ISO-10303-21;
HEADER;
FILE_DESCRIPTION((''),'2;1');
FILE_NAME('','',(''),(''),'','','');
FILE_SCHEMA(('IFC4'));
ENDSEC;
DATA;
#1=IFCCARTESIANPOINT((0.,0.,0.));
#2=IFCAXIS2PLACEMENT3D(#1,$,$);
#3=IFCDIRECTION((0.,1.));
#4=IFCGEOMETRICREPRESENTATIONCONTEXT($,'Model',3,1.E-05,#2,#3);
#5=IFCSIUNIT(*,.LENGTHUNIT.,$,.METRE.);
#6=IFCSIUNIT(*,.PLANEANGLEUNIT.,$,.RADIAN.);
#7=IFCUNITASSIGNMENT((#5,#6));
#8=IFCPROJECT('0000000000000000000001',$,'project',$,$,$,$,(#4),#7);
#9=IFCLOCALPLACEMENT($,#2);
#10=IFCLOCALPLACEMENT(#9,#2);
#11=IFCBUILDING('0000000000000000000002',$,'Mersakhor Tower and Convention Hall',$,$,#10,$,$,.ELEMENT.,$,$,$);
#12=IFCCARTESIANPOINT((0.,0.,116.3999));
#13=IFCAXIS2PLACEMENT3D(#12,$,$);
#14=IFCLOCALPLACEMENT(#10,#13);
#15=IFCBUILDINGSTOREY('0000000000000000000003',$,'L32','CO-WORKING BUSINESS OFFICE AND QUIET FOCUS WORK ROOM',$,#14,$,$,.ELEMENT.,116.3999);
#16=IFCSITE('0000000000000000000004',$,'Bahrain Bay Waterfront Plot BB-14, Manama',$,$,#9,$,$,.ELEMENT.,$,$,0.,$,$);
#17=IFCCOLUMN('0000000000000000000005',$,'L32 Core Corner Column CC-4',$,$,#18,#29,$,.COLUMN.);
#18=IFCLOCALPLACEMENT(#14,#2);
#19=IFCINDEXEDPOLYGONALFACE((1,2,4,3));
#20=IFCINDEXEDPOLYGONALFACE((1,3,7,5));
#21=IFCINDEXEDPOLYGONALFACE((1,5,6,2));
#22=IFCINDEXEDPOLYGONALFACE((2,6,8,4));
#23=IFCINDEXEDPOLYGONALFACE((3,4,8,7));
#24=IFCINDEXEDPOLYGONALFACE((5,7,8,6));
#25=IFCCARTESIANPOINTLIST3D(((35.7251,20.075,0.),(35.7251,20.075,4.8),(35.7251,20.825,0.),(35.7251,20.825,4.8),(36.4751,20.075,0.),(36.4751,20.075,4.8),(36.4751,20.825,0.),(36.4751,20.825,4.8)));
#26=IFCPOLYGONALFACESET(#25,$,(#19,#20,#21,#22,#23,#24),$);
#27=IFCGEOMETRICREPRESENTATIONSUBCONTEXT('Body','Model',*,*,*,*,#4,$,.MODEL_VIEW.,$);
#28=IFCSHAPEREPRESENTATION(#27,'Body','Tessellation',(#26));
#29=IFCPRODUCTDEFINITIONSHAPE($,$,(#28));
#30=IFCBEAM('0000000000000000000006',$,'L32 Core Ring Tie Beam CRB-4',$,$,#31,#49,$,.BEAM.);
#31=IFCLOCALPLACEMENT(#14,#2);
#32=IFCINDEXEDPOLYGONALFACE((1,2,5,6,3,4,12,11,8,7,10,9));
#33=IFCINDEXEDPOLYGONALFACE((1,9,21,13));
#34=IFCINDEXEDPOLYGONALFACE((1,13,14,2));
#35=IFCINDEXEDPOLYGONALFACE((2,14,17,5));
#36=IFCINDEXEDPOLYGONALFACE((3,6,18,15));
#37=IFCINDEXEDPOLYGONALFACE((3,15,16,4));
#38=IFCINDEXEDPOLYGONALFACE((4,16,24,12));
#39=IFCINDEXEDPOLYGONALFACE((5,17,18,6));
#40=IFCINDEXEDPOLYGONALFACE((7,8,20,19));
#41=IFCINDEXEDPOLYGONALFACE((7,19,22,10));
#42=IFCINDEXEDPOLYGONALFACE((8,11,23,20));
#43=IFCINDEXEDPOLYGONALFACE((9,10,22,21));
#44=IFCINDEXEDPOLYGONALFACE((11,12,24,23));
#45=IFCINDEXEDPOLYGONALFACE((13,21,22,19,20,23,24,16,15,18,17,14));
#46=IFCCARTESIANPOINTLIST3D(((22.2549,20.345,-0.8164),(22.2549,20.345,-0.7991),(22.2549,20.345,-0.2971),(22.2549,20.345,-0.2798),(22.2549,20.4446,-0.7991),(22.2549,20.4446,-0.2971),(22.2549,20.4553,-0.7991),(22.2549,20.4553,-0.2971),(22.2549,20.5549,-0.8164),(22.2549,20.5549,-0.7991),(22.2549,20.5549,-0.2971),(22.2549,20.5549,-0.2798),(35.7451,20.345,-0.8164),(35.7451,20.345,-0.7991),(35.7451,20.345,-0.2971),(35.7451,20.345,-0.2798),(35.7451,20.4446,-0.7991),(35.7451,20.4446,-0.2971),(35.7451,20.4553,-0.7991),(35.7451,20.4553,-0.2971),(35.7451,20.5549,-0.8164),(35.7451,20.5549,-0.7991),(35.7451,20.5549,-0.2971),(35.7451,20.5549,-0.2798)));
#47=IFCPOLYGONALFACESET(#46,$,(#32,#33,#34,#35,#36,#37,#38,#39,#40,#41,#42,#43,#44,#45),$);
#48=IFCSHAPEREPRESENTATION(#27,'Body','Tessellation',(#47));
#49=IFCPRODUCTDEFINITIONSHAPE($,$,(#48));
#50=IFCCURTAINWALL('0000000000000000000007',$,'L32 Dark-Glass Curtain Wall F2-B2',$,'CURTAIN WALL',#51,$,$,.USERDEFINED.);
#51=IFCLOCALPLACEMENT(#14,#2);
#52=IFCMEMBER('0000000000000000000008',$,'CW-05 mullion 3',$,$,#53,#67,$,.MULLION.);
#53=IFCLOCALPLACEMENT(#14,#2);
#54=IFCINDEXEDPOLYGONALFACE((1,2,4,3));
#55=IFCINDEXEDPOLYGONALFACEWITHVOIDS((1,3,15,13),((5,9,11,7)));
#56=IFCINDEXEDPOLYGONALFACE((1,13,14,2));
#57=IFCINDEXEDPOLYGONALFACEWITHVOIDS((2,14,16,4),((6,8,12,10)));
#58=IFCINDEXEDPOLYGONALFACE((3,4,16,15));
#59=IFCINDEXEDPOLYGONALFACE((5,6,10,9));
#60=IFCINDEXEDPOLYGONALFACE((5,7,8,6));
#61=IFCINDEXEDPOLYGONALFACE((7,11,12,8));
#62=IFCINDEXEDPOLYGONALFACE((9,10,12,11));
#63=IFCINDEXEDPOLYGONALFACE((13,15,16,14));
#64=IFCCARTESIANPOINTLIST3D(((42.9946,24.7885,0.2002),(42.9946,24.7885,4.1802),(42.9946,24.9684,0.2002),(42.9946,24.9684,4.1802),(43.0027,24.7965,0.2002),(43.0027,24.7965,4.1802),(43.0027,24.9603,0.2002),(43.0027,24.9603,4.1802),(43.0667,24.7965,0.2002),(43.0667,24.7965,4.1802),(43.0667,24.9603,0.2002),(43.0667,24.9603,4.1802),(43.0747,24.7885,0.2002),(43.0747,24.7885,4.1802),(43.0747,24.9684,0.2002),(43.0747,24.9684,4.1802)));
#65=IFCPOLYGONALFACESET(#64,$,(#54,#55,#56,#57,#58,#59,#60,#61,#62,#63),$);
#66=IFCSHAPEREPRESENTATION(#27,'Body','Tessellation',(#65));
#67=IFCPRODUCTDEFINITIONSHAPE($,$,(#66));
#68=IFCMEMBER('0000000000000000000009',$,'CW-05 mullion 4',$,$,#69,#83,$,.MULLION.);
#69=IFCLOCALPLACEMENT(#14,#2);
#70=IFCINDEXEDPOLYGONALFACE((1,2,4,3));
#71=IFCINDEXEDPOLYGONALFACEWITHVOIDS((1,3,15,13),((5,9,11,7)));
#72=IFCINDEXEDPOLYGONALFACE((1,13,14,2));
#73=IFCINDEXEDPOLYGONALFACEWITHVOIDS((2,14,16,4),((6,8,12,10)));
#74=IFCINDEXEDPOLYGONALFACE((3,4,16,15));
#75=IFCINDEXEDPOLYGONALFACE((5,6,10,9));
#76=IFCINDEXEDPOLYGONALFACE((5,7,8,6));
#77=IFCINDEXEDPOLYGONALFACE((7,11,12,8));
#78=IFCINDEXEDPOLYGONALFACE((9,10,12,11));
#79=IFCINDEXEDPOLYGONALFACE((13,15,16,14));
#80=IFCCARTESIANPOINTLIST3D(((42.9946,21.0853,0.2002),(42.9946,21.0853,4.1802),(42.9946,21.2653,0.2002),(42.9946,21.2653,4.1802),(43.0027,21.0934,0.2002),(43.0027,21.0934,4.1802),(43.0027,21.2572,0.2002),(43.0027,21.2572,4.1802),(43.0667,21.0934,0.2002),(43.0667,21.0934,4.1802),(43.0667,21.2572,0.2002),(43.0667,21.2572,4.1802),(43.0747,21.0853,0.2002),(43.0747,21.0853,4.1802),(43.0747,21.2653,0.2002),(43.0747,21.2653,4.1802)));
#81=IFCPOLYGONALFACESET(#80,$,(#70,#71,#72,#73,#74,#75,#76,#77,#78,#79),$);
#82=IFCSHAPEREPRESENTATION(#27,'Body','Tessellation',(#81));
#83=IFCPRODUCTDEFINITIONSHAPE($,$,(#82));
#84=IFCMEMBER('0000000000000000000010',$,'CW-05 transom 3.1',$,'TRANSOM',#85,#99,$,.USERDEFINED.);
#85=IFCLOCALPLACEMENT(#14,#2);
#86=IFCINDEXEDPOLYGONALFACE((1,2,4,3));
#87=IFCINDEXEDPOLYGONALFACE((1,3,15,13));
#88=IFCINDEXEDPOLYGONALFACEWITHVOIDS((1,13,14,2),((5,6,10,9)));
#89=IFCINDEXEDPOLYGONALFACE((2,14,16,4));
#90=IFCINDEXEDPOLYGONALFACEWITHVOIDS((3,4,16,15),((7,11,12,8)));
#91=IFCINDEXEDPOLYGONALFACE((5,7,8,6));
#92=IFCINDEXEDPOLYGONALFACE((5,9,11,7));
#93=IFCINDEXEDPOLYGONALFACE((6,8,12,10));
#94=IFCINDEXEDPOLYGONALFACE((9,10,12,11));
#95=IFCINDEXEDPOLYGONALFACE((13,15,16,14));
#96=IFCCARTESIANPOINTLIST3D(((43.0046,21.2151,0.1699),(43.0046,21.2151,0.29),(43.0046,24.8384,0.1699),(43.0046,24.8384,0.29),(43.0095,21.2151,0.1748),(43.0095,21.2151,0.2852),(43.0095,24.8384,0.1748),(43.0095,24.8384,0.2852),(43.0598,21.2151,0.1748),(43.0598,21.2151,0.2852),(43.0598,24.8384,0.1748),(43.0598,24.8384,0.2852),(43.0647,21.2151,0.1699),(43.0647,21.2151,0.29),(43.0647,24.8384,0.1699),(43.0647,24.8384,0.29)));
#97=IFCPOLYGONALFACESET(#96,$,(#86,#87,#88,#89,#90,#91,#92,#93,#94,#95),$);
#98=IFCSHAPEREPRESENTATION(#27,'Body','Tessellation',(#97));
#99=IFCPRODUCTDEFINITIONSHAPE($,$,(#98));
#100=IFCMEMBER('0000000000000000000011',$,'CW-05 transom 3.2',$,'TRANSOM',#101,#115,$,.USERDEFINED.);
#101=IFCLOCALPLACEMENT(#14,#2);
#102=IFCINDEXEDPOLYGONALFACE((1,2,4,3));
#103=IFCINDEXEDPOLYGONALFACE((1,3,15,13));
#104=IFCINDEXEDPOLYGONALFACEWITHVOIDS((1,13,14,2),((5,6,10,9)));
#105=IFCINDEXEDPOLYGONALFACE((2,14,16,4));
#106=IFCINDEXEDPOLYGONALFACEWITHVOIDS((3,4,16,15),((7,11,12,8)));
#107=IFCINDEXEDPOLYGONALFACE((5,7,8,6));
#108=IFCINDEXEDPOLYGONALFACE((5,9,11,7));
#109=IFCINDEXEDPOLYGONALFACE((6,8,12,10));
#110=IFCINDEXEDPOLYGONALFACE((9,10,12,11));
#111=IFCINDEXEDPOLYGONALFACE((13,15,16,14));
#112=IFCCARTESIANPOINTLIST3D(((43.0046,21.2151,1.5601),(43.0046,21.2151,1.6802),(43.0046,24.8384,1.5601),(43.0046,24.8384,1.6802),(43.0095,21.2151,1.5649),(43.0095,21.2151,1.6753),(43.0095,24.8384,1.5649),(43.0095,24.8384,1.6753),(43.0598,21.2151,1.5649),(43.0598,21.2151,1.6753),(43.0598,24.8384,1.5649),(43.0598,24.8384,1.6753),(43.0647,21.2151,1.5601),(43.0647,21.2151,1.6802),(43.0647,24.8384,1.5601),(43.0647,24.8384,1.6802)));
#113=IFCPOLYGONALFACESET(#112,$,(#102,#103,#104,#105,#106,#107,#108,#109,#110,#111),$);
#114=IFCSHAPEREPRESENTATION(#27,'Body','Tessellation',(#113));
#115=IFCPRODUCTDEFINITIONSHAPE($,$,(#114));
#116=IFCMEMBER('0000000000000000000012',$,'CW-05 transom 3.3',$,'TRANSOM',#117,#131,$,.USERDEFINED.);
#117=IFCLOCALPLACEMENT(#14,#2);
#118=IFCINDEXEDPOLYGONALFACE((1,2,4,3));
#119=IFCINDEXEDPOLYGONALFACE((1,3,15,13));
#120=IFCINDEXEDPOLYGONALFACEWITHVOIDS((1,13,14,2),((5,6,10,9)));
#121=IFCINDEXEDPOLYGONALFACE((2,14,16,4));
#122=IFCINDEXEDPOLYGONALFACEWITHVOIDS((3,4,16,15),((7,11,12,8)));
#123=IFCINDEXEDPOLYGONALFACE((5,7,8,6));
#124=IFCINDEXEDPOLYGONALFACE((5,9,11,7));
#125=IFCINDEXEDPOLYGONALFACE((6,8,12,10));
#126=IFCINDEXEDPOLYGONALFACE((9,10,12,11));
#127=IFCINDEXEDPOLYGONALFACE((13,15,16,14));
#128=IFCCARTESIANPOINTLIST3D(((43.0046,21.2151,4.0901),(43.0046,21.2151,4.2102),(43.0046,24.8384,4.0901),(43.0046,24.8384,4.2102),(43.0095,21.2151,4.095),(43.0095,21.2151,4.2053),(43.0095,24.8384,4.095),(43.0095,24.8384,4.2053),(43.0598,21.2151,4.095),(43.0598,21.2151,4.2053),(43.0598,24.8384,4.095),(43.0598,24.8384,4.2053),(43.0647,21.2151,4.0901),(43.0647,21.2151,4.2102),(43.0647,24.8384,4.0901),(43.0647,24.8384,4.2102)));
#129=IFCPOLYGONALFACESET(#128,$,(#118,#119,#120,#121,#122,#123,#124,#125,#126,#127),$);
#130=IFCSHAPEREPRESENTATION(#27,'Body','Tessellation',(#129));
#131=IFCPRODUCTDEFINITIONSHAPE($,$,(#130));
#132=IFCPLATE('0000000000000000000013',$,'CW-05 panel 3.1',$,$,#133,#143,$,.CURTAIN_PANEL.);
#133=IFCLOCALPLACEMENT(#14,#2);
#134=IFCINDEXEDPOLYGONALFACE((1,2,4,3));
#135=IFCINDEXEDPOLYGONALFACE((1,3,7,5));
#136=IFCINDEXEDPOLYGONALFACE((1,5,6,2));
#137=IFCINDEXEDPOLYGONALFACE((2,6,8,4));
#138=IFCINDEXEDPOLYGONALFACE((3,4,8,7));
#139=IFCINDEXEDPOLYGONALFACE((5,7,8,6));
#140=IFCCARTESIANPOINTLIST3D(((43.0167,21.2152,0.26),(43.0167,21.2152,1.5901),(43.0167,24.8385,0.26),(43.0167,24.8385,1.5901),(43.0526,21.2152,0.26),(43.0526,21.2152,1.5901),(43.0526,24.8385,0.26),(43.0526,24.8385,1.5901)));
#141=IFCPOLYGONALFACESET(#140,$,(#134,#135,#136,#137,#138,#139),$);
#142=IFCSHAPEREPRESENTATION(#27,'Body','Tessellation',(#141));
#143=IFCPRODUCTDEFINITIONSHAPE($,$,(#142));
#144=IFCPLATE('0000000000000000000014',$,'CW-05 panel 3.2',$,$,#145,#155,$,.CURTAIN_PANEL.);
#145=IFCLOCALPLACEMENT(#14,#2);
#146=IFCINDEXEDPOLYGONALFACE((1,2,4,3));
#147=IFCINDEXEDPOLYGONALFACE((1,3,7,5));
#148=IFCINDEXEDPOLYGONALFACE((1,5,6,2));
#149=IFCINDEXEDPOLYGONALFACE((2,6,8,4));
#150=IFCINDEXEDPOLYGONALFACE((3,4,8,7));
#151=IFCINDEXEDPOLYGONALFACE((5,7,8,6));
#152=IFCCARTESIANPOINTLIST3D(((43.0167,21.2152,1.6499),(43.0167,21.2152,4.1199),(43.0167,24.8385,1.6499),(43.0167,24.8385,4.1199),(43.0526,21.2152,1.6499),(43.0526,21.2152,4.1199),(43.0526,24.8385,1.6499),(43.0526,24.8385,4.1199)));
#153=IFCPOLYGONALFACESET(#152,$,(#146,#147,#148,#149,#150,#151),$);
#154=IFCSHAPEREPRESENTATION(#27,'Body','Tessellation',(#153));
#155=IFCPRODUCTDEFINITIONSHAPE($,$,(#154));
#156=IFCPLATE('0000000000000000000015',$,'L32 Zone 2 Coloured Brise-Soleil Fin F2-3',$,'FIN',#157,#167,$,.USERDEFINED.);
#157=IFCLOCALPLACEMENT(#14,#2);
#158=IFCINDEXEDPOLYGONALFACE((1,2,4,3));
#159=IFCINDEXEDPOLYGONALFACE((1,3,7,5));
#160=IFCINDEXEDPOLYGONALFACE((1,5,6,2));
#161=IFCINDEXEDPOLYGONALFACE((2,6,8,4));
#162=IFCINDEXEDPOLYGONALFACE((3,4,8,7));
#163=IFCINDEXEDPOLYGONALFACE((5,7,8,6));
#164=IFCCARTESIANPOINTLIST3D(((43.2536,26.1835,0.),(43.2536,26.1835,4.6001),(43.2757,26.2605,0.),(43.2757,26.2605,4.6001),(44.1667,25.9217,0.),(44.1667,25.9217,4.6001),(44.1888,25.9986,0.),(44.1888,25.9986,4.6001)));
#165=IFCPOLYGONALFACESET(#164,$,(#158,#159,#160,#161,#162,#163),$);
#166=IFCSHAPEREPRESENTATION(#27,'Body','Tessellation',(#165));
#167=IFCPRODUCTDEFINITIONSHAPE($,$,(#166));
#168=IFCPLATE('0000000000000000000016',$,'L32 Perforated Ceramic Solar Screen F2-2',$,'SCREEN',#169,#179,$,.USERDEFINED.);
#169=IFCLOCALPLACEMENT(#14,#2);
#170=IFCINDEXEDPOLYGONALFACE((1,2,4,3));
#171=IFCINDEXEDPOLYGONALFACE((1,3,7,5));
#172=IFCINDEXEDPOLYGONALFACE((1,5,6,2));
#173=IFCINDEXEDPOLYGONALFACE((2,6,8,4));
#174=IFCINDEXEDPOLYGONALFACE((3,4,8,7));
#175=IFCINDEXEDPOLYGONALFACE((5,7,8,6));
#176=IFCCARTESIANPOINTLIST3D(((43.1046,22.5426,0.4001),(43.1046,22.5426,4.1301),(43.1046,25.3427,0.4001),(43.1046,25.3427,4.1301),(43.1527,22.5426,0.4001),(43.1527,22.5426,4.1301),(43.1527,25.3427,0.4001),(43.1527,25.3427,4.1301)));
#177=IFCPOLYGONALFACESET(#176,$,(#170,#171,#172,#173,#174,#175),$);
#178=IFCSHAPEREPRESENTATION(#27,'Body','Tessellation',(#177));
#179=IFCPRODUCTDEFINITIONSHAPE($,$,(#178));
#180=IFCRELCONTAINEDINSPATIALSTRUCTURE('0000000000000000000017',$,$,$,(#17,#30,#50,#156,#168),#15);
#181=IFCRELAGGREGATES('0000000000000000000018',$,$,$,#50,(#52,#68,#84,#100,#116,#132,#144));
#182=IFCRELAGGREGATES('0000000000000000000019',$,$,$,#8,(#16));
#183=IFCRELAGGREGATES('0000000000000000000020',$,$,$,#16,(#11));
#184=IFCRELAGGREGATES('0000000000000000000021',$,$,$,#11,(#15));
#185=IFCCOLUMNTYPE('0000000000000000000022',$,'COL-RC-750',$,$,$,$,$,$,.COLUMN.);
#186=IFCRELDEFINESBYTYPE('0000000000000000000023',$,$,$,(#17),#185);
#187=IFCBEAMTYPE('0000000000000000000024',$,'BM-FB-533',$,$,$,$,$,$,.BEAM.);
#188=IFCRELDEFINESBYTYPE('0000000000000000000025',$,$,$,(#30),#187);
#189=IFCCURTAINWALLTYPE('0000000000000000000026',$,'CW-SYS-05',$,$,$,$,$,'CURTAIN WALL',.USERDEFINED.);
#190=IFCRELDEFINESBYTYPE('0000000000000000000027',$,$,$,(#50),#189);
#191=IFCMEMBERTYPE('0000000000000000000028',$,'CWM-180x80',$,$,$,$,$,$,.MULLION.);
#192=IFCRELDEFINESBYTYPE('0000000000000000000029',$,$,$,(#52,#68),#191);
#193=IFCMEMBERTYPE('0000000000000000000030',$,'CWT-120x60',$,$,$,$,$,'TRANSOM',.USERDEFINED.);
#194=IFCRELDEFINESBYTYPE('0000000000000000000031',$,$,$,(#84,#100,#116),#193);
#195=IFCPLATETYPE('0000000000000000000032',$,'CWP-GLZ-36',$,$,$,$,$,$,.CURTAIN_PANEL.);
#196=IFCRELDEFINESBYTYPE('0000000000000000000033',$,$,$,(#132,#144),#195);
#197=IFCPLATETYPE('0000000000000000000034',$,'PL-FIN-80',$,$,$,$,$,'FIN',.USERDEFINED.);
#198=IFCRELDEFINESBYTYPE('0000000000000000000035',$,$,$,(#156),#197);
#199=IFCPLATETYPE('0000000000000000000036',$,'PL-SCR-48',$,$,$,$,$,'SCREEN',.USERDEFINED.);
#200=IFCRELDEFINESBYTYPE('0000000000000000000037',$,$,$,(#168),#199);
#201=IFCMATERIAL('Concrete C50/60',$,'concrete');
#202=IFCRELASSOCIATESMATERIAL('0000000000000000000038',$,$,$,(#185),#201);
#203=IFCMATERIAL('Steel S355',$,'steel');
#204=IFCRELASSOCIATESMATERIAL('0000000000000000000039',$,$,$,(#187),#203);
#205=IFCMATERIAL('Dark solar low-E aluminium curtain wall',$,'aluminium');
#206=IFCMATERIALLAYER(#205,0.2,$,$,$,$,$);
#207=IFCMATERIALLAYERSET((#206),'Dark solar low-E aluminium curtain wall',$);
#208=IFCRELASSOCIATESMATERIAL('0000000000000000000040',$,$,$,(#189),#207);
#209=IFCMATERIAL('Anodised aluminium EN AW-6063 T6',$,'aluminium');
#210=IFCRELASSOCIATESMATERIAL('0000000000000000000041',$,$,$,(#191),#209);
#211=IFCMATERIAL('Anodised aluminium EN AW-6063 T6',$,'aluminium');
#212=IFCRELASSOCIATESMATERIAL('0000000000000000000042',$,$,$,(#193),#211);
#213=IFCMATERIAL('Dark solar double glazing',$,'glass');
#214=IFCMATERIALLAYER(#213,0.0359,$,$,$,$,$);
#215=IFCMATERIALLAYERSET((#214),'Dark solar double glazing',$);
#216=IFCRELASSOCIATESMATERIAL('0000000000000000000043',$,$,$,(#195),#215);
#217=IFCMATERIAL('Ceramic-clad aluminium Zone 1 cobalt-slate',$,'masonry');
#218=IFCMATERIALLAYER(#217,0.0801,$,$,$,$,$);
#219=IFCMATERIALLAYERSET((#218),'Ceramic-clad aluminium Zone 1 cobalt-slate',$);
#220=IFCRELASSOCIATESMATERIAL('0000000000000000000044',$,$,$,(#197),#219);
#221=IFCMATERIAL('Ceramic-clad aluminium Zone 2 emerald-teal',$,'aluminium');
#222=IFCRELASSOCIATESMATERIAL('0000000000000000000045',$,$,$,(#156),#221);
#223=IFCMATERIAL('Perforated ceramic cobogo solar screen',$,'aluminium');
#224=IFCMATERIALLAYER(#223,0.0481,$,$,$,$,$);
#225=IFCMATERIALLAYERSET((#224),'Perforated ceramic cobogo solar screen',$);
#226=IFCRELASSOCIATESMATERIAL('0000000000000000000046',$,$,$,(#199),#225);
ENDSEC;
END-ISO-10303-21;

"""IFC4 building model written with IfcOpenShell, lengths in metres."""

from ifc_helpers import new_model, si_unit, direction, frame, origin, origin_2d, place, context, subcontext, project, spatial, rectangle, hollow_rectangle, i_section, extrude, material, layer, layer_set, material_profile, profile_set, type_object, element, aggregate, save


model = new_model("IFC4")

# Units and contexts
model_context = context("Model", 3, precision=1e-05, world=origin(), true_north=direction((0.0, 1.0)))
body_context = subcontext(model_context, "Body", "Model", "MODEL_VIEW")
ifc_project = project(units=[si_unit("LENGTHUNIT", "METRE"), si_unit("PLANEANGLEUNIT", "RADIAN")], contexts=[model_context])

# Site, building, storey
site_placement = place(None, origin())
site = spatial("IfcSite", under=ifc_project, at=site_placement, Name="Bahrain Bay Waterfront Plot BB-14, Manama", CompositionType="ELEMENT", RefElevation=0.0)
building_placement = place(site_placement, origin())
building = spatial("IfcBuilding", under=site, at=building_placement, Name="Mersakhor Tower and Convention Hall", CompositionType="ELEMENT")
storey_placement = place(building_placement, frame((0.0, 0.0, 116.3999)))
storey = spatial("IfcBuildingStorey", under=building, at=storey_placement, Name="L32", Description="CO-WORKING BUSINESS OFFICE AND QUIET FOCUS WORK ROOM", CompositionType="ELEMENT", Elevation=116.3999)

# Column
ifc_material_1 = material(Name="Concrete C50/60", Category="concrete")
ifc_material_profile_1 = material_profile(ifc_material_1, rectangle(XDim=0.75, YDim=0.75, at=origin_2d()), Name="RC 750x750")
ifc_profile_set_1 = profile_set([ifc_material_profile_1], Name="Concrete C50/60")
column_type = type_object("IfcColumnType", Name="COL-RC-750", PredefinedType="COLUMN", material=ifc_profile_set_1)
column_placement = place(storey_placement, frame((36.1001, 20.45, 0.0), z_axis=(0.0, 0.0, 1.0), x_axis=(1.0, 0.0, 0.0)))
element("IfcColumn", 1, at=column_placement, inside=storey, type_object=column_type, Name="L32 Core Corner Column CC-4", PredefinedType="COLUMN", context=body_context, shape_type="SweptSolid", body=[
    extrude(rectangle(XDim=0.75, YDim=0.75, at=origin_2d()), origin(), (0.0, 0.0, 1.0), 4.8),
])

# Beam
ifc_material_2 = material(Name="Steel S355", Category="steel")
ifc_material_profile_2 = material_profile(ifc_material_2, i_section(OverallWidth=0.21, OverallDepth=0.5366, WebThickness=0.0107, FlangeThickness=0.0173, at=origin_2d()), Name="UB 533x210x101")
ifc_profile_set_2 = profile_set([ifc_material_profile_2], Name="Steel S355")
beam_type = type_object("IfcBeamType", Name="BM-FB-533", PredefinedType="BEAM", material=ifc_profile_set_2)
beam_placement = place(storey_placement, frame((35.7451, 20.45, -0.5481), z_axis=(-1.0, 0.0, 0.0), x_axis=(0.0, -1.0, 0.0)))
element("IfcBeam", 2, at=beam_placement, inside=storey, type_object=beam_type, Name="L32 Core Ring Tie Beam CRB-4", PredefinedType="BEAM", context=body_context, shape_type="SweptSolid", body=[
    extrude(i_section(OverallWidth=0.21, OverallDepth=0.5366, WebThickness=0.0107, FlangeThickness=0.0173, at=origin_2d()), origin(), (0.0, 0.0, 1.0), 13.4902),
])

# Curtain wall, members, plates
ifc_material_3 = material(Name="Dark solar low-E aluminium curtain wall", Category="aluminium")
ifc_layer_1 = layer(ifc_material_3, 0.2)
ifc_layer_set_1 = layer_set([ifc_layer_1], Name="Dark solar low-E aluminium curtain wall")
curtain_wall_type = type_object("IfcCurtainWallType", Name="CW-SYS-05", ElementType="CURTAIN WALL", PredefinedType="USERDEFINED", material=ifc_layer_set_1)
curtain_wall_placement = place(storey_placement, origin())
curtain_wall = element("IfcCurtainWall", 3, at=curtain_wall_placement, inside=storey, type_object=curtain_wall_type, Name="L32 Dark-Glass Curtain Wall F2-B2", ObjectType="CURTAIN WALL", PredefinedType="USERDEFINED")
ifc_material_4 = material(Name="Anodised aluminium EN AW-6063 T6", Category="aluminium")
ifc_material_profile_3 = material_profile(ifc_material_4, hollow_rectangle(XDim=0.0801, YDim=0.1799, WallThickness=0.0081, at=origin_2d()), Name="RHS 180x80x8")
ifc_profile_set_3 = profile_set([ifc_material_profile_3], Name="Anodised aluminium EN AW-6063 T6")
member_type_1 = type_object("IfcMemberType", Name="CWM-180x80", PredefinedType="MULLION", material=ifc_profile_set_3)
member_1_placement = place(storey_placement, frame((43.0347, 24.8784, 0.2002), z_axis=(0.0, 0.0, 1.0), x_axis=(1.0, 0.0, 0.0)))
member_1 = element("IfcMember", 4, at=member_1_placement, type_object=member_type_1, Name="CW-05 mullion 3", PredefinedType="MULLION", context=body_context, shape_type="SweptSolid", body=[
    extrude(hollow_rectangle(XDim=0.0801, YDim=0.1799, WallThickness=0.0081, at=origin_2d()), origin(), (0.0, 0.0, 1.0), 3.98),
])
member_2_placement = place(storey_placement, frame((43.0347, 21.1753, 0.2002), z_axis=(0.0, 0.0, 1.0), x_axis=(1.0, 0.0, 0.0)))
member_2 = element("IfcMember", 5, at=member_2_placement, type_object=member_type_1, Name="CW-05 mullion 4", PredefinedType="MULLION", context=body_context, shape_type="SweptSolid", body=[
    extrude(hollow_rectangle(XDim=0.0801, YDim=0.1799, WallThickness=0.0081, at=origin_2d()), origin(), (0.0, 0.0, 1.0), 3.98),
])
ifc_material_5 = material(Name="Anodised aluminium EN AW-6063 T6", Category="aluminium")
ifc_material_profile_4 = material_profile(ifc_material_5, hollow_rectangle(XDim=0.0601, YDim=0.1201, WallThickness=0.0049, at=origin_2d()), Name="RHS 120x60x5")
ifc_profile_set_4 = profile_set([ifc_material_profile_4], Name="Anodised aluminium EN AW-6063 T6")
member_type_2 = type_object("IfcMemberType", Name="CWT-120x60", ElementType="TRANSOM", PredefinedType="USERDEFINED", material=ifc_profile_set_4)
member_3_placement = place(storey_placement, frame((43.0347, 24.8384, 0.23), z_axis=(0.0, -1.0, 0.0), x_axis=(1.0, 0.0, 0.0)))
member_3 = element("IfcMember", 6, at=member_3_placement, type_object=member_type_2, Name="CW-05 transom 3.1", ObjectType="TRANSOM", PredefinedType="USERDEFINED", context=body_context, shape_type="SweptSolid", body=[
    extrude(hollow_rectangle(XDim=0.0601, YDim=0.1201, WallThickness=0.0049, at=origin_2d()), origin(), (0.0, 0.0, 1.0), 3.6233),
])
member_4_placement = place(storey_placement, frame((43.0347, 24.8384, 1.6201), z_axis=(0.0, -1.0, 0.0), x_axis=(1.0, 0.0, 0.0)))
member_4 = element("IfcMember", 7, at=member_4_placement, type_object=member_type_2, Name="CW-05 transom 3.2", ObjectType="TRANSOM", PredefinedType="USERDEFINED", context=body_context, shape_type="SweptSolid", body=[
    extrude(hollow_rectangle(XDim=0.0601, YDim=0.1201, WallThickness=0.0049, at=origin_2d()), origin(), (0.0, 0.0, 1.0), 3.6233),
])
member_5_placement = place(storey_placement, frame((43.0347, 24.8384, 4.1501), z_axis=(0.0, -1.0, 0.0), x_axis=(1.0, 0.0, 0.0)))
member_5 = element("IfcMember", 8, at=member_5_placement, type_object=member_type_2, Name="CW-05 transom 3.3", ObjectType="TRANSOM", PredefinedType="USERDEFINED", context=body_context, shape_type="SweptSolid", body=[
    extrude(hollow_rectangle(XDim=0.0601, YDim=0.1201, WallThickness=0.0049, at=origin_2d()), origin(), (0.0, 0.0, 1.0), 3.6233),
])
ifc_material_6 = material(Name="Dark solar double glazing", Category="glass")
ifc_layer_2 = layer(ifc_material_6, 0.0359)
ifc_layer_set_2 = layer_set([ifc_layer_2], Name="Dark solar double glazing")
plate_type_1 = type_object("IfcPlateType", Name="CWP-GLZ-36", PredefinedType="CURTAIN_PANEL", material=ifc_layer_set_2)
plate_1_placement = place(storey_placement, frame((43.0347, 23.0269, 0.26), z_axis=(0.0, 0.0, 1.0), x_axis=(0.0, -1.0, 0.0)))
plate_1 = element("IfcPlate", 9, at=plate_1_placement, type_object=plate_type_1, Name="CW-05 panel 3.1", PredefinedType="CURTAIN_PANEL", context=body_context, shape_type="SweptSolid", body=[
    extrude(rectangle(XDim=3.6233, YDim=0.0359, at=origin_2d()), origin(), (0.0, 0.0, 1.0), 1.3301),
])
plate_2_placement = place(storey_placement, frame((43.0347, 23.0269, 1.6499), z_axis=(0.0, 0.0, 1.0), x_axis=(0.0, -1.0, 0.0)))
plate_2 = element("IfcPlate", 10, at=plate_2_placement, type_object=plate_type_1, Name="CW-05 panel 3.2", PredefinedType="CURTAIN_PANEL", context=body_context, shape_type="SweptSolid", body=[
    extrude(rectangle(XDim=3.6233, YDim=0.0359, at=origin_2d()), origin(), (0.0, 0.0, 1.0), 2.47),
])
aggregate(curtain_wall, [member_1, member_2, member_3, member_4, member_5, plate_1, plate_2])

# Plates
ifc_material_7 = material(Name="Ceramic-clad aluminium Zone 2 emerald-teal", Category="aluminium")
ifc_material_8 = material(Name="Ceramic-clad aluminium Zone 1 cobalt-slate", Category="masonry")
ifc_layer_3 = layer(ifc_material_8, 0.0801)
ifc_layer_set_3 = layer_set([ifc_layer_3], Name="Ceramic-clad aluminium Zone 1 cobalt-slate")
plate_type_2 = type_object("IfcPlateType", Name="PL-FIN-80", ElementType="FIN", PredefinedType="USERDEFINED", material=ifc_layer_set_3)
plate_3_placement = place(storey_placement, frame((43.7212, 26.0911, 0.0), z_axis=(0.0, 0.0, 1.0), x_axis=(0.961262, -0.275637, 0.0)))
element("IfcPlate", 11, at=plate_3_placement, inside=storey, type_object=plate_type_2, material=ifc_material_7, Name="L32 Zone 2 Coloured Brise-Soleil Fin F2-3", ObjectType="FIN", PredefinedType="USERDEFINED", context=body_context, shape_type="SweptSolid", body=[
    extrude(rectangle(XDim=0.95, YDim=0.0801, at=origin_2d()), origin(), (0.0, 0.0, 1.0), 4.6001),
])
ifc_material_9 = material(Name="Perforated ceramic cobogo solar screen", Category="aluminium")
ifc_layer_4 = layer(ifc_material_9, 0.0481)
ifc_layer_set_4 = layer_set([ifc_layer_4], Name="Perforated ceramic cobogo solar screen")
plate_type_3 = type_object("IfcPlateType", Name="PL-SCR-48", ElementType="SCREEN", PredefinedType="USERDEFINED", material=ifc_layer_set_4)
plate_4_placement = place(storey_placement, frame((43.1287, 23.9426, 0.4001), z_axis=(0.0, 0.0, 1.0), x_axis=(0.0, -1.0, 0.0)))
element("IfcPlate", 12, at=plate_4_placement, inside=storey, type_object=plate_type_3, Name="L32 Perforated Ceramic Solar Screen F2-2", ObjectType="SCREEN", PredefinedType="USERDEFINED", context=body_context, shape_type="SweptSolid", body=[
    extrude(rectangle(XDim=2.8, YDim=0.0481, at=origin_2d()), origin(), (0.0, 0.0, 1.0), 3.73),
])

save(model, "model.ifc")
